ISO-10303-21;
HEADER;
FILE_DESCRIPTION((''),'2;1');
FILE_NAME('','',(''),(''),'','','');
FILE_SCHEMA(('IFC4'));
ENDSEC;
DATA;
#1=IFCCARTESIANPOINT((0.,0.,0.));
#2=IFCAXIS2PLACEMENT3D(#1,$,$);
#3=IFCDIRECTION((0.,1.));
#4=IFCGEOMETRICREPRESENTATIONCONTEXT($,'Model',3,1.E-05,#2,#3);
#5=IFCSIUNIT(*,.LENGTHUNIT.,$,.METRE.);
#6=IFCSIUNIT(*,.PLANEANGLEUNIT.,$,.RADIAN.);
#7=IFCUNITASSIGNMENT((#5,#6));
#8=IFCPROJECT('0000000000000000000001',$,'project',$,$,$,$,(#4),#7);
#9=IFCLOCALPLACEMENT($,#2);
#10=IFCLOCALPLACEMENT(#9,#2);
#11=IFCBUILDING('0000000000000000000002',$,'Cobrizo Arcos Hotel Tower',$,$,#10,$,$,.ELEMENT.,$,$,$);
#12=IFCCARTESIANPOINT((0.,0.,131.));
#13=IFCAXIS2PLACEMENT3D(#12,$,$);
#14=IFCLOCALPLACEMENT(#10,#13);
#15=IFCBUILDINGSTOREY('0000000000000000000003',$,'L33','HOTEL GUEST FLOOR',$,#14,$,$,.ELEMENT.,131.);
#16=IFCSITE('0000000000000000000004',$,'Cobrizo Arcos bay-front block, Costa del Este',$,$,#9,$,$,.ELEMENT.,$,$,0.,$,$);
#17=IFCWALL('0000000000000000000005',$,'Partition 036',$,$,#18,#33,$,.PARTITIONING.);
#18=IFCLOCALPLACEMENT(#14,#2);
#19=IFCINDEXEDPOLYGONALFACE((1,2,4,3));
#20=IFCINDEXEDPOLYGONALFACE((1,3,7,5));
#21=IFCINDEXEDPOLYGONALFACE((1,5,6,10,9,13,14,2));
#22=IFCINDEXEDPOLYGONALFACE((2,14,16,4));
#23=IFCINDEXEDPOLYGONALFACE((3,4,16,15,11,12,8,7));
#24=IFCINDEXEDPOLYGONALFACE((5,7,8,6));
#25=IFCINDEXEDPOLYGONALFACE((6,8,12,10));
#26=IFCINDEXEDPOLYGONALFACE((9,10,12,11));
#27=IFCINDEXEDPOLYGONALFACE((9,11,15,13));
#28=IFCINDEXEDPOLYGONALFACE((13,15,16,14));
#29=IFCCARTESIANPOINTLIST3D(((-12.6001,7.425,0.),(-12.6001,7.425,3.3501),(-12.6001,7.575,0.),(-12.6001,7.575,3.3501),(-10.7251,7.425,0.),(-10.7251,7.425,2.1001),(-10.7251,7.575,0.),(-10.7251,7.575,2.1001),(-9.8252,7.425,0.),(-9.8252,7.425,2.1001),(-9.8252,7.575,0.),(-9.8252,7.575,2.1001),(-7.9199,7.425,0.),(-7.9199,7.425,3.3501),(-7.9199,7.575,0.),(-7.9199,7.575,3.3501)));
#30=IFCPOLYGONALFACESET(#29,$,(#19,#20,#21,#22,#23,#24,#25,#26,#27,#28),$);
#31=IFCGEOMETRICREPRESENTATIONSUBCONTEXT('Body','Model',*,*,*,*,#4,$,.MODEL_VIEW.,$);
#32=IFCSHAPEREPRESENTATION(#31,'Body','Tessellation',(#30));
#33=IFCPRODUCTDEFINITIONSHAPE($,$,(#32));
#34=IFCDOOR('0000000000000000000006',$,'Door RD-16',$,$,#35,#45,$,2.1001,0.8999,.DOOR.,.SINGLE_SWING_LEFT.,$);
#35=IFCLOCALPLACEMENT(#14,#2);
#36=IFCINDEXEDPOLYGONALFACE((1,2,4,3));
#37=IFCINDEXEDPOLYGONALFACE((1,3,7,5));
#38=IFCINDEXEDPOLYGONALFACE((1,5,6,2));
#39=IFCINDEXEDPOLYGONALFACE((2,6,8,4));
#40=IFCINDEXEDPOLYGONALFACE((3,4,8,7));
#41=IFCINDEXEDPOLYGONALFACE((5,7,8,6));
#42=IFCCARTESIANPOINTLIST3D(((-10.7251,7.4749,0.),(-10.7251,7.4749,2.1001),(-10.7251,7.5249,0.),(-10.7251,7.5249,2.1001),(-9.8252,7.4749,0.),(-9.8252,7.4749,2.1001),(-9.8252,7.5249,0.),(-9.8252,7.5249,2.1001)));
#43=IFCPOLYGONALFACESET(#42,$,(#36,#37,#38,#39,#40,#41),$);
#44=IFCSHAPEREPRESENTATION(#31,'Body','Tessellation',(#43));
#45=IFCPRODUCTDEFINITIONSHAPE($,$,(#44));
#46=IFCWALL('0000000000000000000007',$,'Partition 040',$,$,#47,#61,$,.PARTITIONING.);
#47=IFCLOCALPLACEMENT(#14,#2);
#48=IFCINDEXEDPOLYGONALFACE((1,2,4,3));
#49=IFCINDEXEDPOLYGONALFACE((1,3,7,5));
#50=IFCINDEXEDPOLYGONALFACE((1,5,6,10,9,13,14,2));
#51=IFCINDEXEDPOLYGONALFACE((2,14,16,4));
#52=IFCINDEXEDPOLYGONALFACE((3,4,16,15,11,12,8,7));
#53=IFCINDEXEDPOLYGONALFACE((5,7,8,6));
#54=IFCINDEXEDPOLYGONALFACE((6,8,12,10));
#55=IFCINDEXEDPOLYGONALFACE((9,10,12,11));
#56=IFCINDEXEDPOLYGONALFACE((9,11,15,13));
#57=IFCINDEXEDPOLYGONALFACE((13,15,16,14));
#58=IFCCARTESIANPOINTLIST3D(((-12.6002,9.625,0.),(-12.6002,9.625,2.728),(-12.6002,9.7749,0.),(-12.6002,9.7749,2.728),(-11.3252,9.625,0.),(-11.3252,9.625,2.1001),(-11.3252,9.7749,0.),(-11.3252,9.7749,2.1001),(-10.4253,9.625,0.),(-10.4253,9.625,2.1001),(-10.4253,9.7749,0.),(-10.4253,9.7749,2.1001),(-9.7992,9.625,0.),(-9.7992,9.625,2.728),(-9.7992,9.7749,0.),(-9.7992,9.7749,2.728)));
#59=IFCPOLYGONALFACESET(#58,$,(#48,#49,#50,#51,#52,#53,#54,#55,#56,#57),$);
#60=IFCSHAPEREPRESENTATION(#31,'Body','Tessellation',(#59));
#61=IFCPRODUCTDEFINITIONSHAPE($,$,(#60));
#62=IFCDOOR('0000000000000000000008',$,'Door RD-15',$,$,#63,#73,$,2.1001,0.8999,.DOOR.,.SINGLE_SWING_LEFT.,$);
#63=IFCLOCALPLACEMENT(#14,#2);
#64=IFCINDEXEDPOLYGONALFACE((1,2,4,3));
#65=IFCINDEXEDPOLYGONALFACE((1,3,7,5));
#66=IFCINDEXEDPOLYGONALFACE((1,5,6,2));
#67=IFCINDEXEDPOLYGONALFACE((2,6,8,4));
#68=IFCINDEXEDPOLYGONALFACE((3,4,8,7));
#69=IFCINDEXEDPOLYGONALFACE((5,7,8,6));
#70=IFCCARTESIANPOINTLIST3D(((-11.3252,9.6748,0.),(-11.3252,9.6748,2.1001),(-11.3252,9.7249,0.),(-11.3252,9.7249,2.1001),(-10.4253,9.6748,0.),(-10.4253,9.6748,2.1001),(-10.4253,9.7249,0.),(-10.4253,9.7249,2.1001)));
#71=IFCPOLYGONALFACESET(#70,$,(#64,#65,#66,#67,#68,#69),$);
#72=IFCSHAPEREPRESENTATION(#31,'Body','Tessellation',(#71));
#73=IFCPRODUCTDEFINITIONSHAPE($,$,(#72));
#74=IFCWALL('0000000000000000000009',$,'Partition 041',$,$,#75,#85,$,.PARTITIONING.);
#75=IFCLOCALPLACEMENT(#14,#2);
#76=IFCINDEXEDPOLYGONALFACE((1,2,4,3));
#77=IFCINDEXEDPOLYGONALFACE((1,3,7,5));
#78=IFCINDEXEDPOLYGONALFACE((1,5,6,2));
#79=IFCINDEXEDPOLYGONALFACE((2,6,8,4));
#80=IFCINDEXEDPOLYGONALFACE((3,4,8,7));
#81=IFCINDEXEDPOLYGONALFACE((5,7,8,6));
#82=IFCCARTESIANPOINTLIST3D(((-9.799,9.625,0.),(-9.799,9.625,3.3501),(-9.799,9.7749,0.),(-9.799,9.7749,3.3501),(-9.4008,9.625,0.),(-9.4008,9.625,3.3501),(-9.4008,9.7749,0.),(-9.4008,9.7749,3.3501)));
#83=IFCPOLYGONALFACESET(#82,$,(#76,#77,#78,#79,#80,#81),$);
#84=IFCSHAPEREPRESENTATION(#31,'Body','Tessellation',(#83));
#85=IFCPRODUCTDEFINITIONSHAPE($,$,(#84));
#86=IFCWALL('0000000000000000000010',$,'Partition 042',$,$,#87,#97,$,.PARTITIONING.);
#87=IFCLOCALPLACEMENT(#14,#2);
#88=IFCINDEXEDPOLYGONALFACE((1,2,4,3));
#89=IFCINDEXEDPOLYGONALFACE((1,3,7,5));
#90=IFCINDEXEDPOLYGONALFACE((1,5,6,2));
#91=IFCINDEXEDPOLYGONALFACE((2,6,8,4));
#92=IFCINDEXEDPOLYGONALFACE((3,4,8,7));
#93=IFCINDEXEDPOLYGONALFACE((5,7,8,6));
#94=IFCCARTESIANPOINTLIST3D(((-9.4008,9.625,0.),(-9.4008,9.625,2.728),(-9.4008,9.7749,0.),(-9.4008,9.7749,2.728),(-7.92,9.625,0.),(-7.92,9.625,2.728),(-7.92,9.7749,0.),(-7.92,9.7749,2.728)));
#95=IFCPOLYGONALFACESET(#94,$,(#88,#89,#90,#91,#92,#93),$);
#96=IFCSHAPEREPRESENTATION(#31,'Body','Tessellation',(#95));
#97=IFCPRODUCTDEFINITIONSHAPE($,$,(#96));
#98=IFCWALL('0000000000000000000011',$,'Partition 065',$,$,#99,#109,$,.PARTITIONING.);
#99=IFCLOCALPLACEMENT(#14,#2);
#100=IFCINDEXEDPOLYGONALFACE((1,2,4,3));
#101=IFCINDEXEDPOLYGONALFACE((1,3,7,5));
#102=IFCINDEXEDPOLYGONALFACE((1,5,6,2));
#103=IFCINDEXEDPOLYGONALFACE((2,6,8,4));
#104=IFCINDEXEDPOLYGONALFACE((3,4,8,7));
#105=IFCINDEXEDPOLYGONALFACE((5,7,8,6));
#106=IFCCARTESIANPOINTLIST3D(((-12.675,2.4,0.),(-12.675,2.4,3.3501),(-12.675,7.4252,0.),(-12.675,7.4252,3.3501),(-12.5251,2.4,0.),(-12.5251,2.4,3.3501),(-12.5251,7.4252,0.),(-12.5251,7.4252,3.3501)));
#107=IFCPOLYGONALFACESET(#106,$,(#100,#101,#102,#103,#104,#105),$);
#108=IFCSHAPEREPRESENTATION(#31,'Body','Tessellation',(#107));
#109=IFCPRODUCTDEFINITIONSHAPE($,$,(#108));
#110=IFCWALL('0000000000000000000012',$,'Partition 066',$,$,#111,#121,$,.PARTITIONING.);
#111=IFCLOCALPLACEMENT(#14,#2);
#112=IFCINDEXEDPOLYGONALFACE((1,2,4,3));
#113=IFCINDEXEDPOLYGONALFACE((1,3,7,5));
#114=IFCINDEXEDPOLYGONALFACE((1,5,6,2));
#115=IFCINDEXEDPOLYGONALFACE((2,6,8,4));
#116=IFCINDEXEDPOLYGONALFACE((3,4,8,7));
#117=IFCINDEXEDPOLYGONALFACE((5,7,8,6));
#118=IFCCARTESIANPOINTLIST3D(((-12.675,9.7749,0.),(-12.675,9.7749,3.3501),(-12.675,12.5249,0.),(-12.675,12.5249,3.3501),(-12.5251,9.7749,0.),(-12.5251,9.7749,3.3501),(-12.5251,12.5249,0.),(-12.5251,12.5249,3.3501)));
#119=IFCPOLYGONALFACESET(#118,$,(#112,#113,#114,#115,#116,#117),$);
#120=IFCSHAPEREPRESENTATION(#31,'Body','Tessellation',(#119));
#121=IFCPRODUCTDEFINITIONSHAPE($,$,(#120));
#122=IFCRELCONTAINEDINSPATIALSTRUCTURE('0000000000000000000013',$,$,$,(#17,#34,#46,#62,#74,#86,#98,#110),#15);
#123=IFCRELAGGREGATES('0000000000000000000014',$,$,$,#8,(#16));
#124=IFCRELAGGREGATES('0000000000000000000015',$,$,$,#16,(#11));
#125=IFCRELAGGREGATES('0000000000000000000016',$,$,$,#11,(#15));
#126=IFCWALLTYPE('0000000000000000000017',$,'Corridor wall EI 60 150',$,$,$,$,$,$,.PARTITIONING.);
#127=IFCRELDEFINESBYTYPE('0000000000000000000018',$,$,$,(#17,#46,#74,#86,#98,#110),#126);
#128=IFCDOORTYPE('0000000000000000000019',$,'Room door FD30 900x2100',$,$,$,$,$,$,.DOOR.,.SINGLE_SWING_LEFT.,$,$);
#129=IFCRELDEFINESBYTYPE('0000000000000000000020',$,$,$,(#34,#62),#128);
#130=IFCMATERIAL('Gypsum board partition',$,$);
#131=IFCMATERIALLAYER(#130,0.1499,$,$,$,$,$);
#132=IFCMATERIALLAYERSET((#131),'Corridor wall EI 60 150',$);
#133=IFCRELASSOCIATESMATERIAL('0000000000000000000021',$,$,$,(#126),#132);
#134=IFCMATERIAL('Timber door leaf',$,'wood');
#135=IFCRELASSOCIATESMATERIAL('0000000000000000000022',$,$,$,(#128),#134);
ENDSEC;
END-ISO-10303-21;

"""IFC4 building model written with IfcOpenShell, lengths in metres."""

from ifc_helpers import new_model, si_unit, direction, frame, frame_2d, origin, place, context, subcontext, project, spatial, rectangle, extrude, material, layer, layer_set, type_object, element, fill, save


model = new_model("IFC4")

# Units and contexts
model_context = context("Model", 3, precision=1e-05, world=origin(), true_north=direction((0.0, 1.0)))
body_context = subcontext(model_context, "Body", "Model", "MODEL_VIEW")
ifc_project = project(units=[si_unit("LENGTHUNIT", "METRE"), si_unit("PLANEANGLEUNIT", "RADIAN")], contexts=[model_context])

# Site, building, storey
site_placement = place(None, origin())
site = spatial("IfcSite", under=ifc_project, at=site_placement, Name="Cobrizo Arcos bay-front block, Costa del Este", CompositionType="ELEMENT", RefElevation=0.0)
building_placement = place(site_placement, origin())
building = spatial("IfcBuilding", under=site, at=building_placement, Name="Cobrizo Arcos Hotel Tower", CompositionType="ELEMENT")
storey_placement = place(building_placement, frame((0.0, 0.0, 131.0)))
storey = spatial("IfcBuildingStorey", under=building, at=storey_placement, Name="L33", Description="HOTEL GUEST FLOOR", CompositionType="ELEMENT", Elevation=131.0)

# Shared definitions
ifc_material_1 = material(Name="Gypsum board partition")
ifc_layer_1 = layer(ifc_material_1, 0.1499)
ifc_layer_set_1 = layer_set([ifc_layer_1], Name="Corridor wall EI 60 150")
wall_type = type_object("IfcWallType", Name="Corridor wall EI 60 150", PredefinedType="PARTITIONING", material=ifc_layer_set_1)

# Walls, openings, doors
wall_1_placement = place(storey_placement, frame((-12.6001, 7.5, 0.0), z_axis=(0.0, 0.0, 1.0), x_axis=(1.0, 0.0, 0.0)))
wall_1 = element("IfcWall", 1, at=wall_1_placement, inside=storey, type_object=wall_type, Name="Partition 036", PredefinedType="PARTITIONING", context=body_context, shape_type="SweptSolid", body=[
    extrude(rectangle(XDim=4.6802, YDim=0.1499, at=frame_2d((2.3401, 0.0))), origin(), (0.0, 0.0, 1.0), 3.3501),
])
opening_1_placement = place(wall_1_placement, frame((1.875, 0.0, 0.0)))
opening_1 = element("IfcOpeningElement", 2, at=opening_1_placement, cuts=wall_1, PredefinedType="OPENING", context=body_context, shape_type="SweptSolid", body=[
    extrude(rectangle(XDim=0.8999, YDim=2.1001, at=frame_2d((0.45, 1.05))), frame((0.0, 0.0869, 0.0), z_axis=(0.0, -1.0, 0.0), x_axis=(1.0, 0.0, 0.0)), (0.0, 0.0, 1.0), 0.1738),
])
ifc_material_2 = material(Name="Timber door leaf", Category="wood")
door_type = type_object("IfcDoorType", Name="Room door FD30 900x2100", OperationType="SINGLE_SWING_LEFT", PredefinedType="DOOR", material=ifc_material_2)
door_1_placement = place(opening_1_placement, origin())
door_1 = element("IfcDoor", 3, at=door_1_placement, inside=storey, type_object=door_type, Name="Door RD-16", OperationType="SINGLE_SWING_LEFT", OverallHeight=2.1001, OverallWidth=0.8999, PredefinedType="DOOR", context=body_context, shape_type="SweptSolid", body=[
    extrude(rectangle(XDim=0.8999, YDim=2.1001, at=frame_2d((0.45, 1.05))), frame((0.0, 0.0249, 0.0), z_axis=(0.0, -1.0, 0.0), x_axis=(1.0, 0.0, 0.0)), (0.0, 0.0, 1.0), 0.05),
])
fill(opening_1, door_1)
wall_2_placement = place(storey_placement, frame((-12.6001, 9.7, 0.0), z_axis=(0.0, 0.0, 1.0), x_axis=(1.0, 0.0, 0.0)))
wall_2 = element("IfcWall", 4, at=wall_2_placement, inside=storey, type_object=wall_type, Name="Partition 040", PredefinedType="PARTITIONING", context=body_context, shape_type="SweptSolid", body=[
    extrude(rectangle(XDim=2.801, YDim=0.1499, at=frame_2d((1.4004, 0.0))), origin(), (0.0, 0.0, 1.0), 2.728),
])
opening_2_placement = place(wall_2_placement, frame((1.2749, 0.0, 0.0)))
opening_2 = element("IfcOpeningElement", 5, at=opening_2_placement, cuts=wall_2, PredefinedType="OPENING", context=body_context, shape_type="SweptSolid", body=[
    extrude(rectangle(XDim=0.8999, YDim=2.1001, at=frame_2d((0.45, 1.05))), frame((0.0, 0.0869, 0.0), z_axis=(0.0, -1.0, 0.0), x_axis=(1.0, 0.0, 0.0)), (0.0, 0.0, 1.0), 0.1738),
])
door_2_placement = place(opening_2_placement, origin())
door_2 = element("IfcDoor", 6, at=door_2_placement, inside=storey, type_object=door_type, Name="Door RD-15", OperationType="SINGLE_SWING_LEFT", OverallHeight=2.1001, OverallWidth=0.8999, PredefinedType="DOOR", context=body_context, shape_type="SweptSolid", body=[
    extrude(rectangle(XDim=0.8999, YDim=2.1001, at=frame_2d((0.45, 1.05))), frame((0.0, 0.0249, 0.0), z_axis=(0.0, -1.0, 0.0), x_axis=(1.0, 0.0, 0.0)), (0.0, 0.0, 1.0), 0.05),
])
fill(opening_2, door_2)

# Walls
wall_3_placement = place(storey_placement, frame((-9.7991, 9.7, 0.0), z_axis=(0.0, 0.0, 1.0), x_axis=(1.0, 0.0, 0.0)))
element("IfcWall", 7, at=wall_3_placement, inside=storey, type_object=wall_type, Name="Partition 041", PredefinedType="PARTITIONING", context=body_context, shape_type="SweptSolid", body=[
    extrude(rectangle(XDim=0.3982, YDim=0.1499, at=frame_2d((0.1992, 0.0))), origin(), (0.0, 0.0, 1.0), 3.3501),
])
wall_4_placement = place(storey_placement, frame((-9.4006, 9.7, 0.0), z_axis=(0.0, 0.0, 1.0), x_axis=(1.0, 0.0, 0.0)))
element("IfcWall", 8, at=wall_4_placement, inside=storey, type_object=wall_type, Name="Partition 042", PredefinedType="PARTITIONING", context=body_context, shape_type="SweptSolid", body=[
    extrude(rectangle(XDim=1.4807, YDim=0.1499, at=frame_2d((0.7402, 0.0))), origin(), (0.0, 0.0, 1.0), 2.728),
])
wall_5_placement = place(storey_placement, frame((-12.6001, 2.3999, 0.0), z_axis=(0.0, 0.0, 1.0), x_axis=(0.0, 1.0, 0.0)))
element("IfcWall", 9, at=wall_5_placement, inside=storey, type_object=wall_type, Name="Partition 065", PredefinedType="PARTITIONING", context=body_context, shape_type="SweptSolid", body=[
    extrude(rectangle(XDim=5.0251, YDim=0.1499, at=frame_2d((2.5127, 0.0))), origin(), (0.0, 0.0, 1.0), 3.3501),
])
wall_6_placement = place(storey_placement, frame((-12.6001, 9.7749, 0.0), z_axis=(0.0, 0.0, 1.0), x_axis=(0.0, 1.0, 0.0)))
element("IfcWall", 10, at=wall_6_placement, inside=storey, type_object=wall_type, Name="Partition 066", PredefinedType="PARTITIONING", context=body_context, shape_type="SweptSolid", body=[
    extrude(rectangle(XDim=2.75, YDim=0.1499, at=frame_2d((1.375, 0.0))), origin(), (0.0, 0.0, 1.0), 3.3501),
])

save(model, "model.ifc")
